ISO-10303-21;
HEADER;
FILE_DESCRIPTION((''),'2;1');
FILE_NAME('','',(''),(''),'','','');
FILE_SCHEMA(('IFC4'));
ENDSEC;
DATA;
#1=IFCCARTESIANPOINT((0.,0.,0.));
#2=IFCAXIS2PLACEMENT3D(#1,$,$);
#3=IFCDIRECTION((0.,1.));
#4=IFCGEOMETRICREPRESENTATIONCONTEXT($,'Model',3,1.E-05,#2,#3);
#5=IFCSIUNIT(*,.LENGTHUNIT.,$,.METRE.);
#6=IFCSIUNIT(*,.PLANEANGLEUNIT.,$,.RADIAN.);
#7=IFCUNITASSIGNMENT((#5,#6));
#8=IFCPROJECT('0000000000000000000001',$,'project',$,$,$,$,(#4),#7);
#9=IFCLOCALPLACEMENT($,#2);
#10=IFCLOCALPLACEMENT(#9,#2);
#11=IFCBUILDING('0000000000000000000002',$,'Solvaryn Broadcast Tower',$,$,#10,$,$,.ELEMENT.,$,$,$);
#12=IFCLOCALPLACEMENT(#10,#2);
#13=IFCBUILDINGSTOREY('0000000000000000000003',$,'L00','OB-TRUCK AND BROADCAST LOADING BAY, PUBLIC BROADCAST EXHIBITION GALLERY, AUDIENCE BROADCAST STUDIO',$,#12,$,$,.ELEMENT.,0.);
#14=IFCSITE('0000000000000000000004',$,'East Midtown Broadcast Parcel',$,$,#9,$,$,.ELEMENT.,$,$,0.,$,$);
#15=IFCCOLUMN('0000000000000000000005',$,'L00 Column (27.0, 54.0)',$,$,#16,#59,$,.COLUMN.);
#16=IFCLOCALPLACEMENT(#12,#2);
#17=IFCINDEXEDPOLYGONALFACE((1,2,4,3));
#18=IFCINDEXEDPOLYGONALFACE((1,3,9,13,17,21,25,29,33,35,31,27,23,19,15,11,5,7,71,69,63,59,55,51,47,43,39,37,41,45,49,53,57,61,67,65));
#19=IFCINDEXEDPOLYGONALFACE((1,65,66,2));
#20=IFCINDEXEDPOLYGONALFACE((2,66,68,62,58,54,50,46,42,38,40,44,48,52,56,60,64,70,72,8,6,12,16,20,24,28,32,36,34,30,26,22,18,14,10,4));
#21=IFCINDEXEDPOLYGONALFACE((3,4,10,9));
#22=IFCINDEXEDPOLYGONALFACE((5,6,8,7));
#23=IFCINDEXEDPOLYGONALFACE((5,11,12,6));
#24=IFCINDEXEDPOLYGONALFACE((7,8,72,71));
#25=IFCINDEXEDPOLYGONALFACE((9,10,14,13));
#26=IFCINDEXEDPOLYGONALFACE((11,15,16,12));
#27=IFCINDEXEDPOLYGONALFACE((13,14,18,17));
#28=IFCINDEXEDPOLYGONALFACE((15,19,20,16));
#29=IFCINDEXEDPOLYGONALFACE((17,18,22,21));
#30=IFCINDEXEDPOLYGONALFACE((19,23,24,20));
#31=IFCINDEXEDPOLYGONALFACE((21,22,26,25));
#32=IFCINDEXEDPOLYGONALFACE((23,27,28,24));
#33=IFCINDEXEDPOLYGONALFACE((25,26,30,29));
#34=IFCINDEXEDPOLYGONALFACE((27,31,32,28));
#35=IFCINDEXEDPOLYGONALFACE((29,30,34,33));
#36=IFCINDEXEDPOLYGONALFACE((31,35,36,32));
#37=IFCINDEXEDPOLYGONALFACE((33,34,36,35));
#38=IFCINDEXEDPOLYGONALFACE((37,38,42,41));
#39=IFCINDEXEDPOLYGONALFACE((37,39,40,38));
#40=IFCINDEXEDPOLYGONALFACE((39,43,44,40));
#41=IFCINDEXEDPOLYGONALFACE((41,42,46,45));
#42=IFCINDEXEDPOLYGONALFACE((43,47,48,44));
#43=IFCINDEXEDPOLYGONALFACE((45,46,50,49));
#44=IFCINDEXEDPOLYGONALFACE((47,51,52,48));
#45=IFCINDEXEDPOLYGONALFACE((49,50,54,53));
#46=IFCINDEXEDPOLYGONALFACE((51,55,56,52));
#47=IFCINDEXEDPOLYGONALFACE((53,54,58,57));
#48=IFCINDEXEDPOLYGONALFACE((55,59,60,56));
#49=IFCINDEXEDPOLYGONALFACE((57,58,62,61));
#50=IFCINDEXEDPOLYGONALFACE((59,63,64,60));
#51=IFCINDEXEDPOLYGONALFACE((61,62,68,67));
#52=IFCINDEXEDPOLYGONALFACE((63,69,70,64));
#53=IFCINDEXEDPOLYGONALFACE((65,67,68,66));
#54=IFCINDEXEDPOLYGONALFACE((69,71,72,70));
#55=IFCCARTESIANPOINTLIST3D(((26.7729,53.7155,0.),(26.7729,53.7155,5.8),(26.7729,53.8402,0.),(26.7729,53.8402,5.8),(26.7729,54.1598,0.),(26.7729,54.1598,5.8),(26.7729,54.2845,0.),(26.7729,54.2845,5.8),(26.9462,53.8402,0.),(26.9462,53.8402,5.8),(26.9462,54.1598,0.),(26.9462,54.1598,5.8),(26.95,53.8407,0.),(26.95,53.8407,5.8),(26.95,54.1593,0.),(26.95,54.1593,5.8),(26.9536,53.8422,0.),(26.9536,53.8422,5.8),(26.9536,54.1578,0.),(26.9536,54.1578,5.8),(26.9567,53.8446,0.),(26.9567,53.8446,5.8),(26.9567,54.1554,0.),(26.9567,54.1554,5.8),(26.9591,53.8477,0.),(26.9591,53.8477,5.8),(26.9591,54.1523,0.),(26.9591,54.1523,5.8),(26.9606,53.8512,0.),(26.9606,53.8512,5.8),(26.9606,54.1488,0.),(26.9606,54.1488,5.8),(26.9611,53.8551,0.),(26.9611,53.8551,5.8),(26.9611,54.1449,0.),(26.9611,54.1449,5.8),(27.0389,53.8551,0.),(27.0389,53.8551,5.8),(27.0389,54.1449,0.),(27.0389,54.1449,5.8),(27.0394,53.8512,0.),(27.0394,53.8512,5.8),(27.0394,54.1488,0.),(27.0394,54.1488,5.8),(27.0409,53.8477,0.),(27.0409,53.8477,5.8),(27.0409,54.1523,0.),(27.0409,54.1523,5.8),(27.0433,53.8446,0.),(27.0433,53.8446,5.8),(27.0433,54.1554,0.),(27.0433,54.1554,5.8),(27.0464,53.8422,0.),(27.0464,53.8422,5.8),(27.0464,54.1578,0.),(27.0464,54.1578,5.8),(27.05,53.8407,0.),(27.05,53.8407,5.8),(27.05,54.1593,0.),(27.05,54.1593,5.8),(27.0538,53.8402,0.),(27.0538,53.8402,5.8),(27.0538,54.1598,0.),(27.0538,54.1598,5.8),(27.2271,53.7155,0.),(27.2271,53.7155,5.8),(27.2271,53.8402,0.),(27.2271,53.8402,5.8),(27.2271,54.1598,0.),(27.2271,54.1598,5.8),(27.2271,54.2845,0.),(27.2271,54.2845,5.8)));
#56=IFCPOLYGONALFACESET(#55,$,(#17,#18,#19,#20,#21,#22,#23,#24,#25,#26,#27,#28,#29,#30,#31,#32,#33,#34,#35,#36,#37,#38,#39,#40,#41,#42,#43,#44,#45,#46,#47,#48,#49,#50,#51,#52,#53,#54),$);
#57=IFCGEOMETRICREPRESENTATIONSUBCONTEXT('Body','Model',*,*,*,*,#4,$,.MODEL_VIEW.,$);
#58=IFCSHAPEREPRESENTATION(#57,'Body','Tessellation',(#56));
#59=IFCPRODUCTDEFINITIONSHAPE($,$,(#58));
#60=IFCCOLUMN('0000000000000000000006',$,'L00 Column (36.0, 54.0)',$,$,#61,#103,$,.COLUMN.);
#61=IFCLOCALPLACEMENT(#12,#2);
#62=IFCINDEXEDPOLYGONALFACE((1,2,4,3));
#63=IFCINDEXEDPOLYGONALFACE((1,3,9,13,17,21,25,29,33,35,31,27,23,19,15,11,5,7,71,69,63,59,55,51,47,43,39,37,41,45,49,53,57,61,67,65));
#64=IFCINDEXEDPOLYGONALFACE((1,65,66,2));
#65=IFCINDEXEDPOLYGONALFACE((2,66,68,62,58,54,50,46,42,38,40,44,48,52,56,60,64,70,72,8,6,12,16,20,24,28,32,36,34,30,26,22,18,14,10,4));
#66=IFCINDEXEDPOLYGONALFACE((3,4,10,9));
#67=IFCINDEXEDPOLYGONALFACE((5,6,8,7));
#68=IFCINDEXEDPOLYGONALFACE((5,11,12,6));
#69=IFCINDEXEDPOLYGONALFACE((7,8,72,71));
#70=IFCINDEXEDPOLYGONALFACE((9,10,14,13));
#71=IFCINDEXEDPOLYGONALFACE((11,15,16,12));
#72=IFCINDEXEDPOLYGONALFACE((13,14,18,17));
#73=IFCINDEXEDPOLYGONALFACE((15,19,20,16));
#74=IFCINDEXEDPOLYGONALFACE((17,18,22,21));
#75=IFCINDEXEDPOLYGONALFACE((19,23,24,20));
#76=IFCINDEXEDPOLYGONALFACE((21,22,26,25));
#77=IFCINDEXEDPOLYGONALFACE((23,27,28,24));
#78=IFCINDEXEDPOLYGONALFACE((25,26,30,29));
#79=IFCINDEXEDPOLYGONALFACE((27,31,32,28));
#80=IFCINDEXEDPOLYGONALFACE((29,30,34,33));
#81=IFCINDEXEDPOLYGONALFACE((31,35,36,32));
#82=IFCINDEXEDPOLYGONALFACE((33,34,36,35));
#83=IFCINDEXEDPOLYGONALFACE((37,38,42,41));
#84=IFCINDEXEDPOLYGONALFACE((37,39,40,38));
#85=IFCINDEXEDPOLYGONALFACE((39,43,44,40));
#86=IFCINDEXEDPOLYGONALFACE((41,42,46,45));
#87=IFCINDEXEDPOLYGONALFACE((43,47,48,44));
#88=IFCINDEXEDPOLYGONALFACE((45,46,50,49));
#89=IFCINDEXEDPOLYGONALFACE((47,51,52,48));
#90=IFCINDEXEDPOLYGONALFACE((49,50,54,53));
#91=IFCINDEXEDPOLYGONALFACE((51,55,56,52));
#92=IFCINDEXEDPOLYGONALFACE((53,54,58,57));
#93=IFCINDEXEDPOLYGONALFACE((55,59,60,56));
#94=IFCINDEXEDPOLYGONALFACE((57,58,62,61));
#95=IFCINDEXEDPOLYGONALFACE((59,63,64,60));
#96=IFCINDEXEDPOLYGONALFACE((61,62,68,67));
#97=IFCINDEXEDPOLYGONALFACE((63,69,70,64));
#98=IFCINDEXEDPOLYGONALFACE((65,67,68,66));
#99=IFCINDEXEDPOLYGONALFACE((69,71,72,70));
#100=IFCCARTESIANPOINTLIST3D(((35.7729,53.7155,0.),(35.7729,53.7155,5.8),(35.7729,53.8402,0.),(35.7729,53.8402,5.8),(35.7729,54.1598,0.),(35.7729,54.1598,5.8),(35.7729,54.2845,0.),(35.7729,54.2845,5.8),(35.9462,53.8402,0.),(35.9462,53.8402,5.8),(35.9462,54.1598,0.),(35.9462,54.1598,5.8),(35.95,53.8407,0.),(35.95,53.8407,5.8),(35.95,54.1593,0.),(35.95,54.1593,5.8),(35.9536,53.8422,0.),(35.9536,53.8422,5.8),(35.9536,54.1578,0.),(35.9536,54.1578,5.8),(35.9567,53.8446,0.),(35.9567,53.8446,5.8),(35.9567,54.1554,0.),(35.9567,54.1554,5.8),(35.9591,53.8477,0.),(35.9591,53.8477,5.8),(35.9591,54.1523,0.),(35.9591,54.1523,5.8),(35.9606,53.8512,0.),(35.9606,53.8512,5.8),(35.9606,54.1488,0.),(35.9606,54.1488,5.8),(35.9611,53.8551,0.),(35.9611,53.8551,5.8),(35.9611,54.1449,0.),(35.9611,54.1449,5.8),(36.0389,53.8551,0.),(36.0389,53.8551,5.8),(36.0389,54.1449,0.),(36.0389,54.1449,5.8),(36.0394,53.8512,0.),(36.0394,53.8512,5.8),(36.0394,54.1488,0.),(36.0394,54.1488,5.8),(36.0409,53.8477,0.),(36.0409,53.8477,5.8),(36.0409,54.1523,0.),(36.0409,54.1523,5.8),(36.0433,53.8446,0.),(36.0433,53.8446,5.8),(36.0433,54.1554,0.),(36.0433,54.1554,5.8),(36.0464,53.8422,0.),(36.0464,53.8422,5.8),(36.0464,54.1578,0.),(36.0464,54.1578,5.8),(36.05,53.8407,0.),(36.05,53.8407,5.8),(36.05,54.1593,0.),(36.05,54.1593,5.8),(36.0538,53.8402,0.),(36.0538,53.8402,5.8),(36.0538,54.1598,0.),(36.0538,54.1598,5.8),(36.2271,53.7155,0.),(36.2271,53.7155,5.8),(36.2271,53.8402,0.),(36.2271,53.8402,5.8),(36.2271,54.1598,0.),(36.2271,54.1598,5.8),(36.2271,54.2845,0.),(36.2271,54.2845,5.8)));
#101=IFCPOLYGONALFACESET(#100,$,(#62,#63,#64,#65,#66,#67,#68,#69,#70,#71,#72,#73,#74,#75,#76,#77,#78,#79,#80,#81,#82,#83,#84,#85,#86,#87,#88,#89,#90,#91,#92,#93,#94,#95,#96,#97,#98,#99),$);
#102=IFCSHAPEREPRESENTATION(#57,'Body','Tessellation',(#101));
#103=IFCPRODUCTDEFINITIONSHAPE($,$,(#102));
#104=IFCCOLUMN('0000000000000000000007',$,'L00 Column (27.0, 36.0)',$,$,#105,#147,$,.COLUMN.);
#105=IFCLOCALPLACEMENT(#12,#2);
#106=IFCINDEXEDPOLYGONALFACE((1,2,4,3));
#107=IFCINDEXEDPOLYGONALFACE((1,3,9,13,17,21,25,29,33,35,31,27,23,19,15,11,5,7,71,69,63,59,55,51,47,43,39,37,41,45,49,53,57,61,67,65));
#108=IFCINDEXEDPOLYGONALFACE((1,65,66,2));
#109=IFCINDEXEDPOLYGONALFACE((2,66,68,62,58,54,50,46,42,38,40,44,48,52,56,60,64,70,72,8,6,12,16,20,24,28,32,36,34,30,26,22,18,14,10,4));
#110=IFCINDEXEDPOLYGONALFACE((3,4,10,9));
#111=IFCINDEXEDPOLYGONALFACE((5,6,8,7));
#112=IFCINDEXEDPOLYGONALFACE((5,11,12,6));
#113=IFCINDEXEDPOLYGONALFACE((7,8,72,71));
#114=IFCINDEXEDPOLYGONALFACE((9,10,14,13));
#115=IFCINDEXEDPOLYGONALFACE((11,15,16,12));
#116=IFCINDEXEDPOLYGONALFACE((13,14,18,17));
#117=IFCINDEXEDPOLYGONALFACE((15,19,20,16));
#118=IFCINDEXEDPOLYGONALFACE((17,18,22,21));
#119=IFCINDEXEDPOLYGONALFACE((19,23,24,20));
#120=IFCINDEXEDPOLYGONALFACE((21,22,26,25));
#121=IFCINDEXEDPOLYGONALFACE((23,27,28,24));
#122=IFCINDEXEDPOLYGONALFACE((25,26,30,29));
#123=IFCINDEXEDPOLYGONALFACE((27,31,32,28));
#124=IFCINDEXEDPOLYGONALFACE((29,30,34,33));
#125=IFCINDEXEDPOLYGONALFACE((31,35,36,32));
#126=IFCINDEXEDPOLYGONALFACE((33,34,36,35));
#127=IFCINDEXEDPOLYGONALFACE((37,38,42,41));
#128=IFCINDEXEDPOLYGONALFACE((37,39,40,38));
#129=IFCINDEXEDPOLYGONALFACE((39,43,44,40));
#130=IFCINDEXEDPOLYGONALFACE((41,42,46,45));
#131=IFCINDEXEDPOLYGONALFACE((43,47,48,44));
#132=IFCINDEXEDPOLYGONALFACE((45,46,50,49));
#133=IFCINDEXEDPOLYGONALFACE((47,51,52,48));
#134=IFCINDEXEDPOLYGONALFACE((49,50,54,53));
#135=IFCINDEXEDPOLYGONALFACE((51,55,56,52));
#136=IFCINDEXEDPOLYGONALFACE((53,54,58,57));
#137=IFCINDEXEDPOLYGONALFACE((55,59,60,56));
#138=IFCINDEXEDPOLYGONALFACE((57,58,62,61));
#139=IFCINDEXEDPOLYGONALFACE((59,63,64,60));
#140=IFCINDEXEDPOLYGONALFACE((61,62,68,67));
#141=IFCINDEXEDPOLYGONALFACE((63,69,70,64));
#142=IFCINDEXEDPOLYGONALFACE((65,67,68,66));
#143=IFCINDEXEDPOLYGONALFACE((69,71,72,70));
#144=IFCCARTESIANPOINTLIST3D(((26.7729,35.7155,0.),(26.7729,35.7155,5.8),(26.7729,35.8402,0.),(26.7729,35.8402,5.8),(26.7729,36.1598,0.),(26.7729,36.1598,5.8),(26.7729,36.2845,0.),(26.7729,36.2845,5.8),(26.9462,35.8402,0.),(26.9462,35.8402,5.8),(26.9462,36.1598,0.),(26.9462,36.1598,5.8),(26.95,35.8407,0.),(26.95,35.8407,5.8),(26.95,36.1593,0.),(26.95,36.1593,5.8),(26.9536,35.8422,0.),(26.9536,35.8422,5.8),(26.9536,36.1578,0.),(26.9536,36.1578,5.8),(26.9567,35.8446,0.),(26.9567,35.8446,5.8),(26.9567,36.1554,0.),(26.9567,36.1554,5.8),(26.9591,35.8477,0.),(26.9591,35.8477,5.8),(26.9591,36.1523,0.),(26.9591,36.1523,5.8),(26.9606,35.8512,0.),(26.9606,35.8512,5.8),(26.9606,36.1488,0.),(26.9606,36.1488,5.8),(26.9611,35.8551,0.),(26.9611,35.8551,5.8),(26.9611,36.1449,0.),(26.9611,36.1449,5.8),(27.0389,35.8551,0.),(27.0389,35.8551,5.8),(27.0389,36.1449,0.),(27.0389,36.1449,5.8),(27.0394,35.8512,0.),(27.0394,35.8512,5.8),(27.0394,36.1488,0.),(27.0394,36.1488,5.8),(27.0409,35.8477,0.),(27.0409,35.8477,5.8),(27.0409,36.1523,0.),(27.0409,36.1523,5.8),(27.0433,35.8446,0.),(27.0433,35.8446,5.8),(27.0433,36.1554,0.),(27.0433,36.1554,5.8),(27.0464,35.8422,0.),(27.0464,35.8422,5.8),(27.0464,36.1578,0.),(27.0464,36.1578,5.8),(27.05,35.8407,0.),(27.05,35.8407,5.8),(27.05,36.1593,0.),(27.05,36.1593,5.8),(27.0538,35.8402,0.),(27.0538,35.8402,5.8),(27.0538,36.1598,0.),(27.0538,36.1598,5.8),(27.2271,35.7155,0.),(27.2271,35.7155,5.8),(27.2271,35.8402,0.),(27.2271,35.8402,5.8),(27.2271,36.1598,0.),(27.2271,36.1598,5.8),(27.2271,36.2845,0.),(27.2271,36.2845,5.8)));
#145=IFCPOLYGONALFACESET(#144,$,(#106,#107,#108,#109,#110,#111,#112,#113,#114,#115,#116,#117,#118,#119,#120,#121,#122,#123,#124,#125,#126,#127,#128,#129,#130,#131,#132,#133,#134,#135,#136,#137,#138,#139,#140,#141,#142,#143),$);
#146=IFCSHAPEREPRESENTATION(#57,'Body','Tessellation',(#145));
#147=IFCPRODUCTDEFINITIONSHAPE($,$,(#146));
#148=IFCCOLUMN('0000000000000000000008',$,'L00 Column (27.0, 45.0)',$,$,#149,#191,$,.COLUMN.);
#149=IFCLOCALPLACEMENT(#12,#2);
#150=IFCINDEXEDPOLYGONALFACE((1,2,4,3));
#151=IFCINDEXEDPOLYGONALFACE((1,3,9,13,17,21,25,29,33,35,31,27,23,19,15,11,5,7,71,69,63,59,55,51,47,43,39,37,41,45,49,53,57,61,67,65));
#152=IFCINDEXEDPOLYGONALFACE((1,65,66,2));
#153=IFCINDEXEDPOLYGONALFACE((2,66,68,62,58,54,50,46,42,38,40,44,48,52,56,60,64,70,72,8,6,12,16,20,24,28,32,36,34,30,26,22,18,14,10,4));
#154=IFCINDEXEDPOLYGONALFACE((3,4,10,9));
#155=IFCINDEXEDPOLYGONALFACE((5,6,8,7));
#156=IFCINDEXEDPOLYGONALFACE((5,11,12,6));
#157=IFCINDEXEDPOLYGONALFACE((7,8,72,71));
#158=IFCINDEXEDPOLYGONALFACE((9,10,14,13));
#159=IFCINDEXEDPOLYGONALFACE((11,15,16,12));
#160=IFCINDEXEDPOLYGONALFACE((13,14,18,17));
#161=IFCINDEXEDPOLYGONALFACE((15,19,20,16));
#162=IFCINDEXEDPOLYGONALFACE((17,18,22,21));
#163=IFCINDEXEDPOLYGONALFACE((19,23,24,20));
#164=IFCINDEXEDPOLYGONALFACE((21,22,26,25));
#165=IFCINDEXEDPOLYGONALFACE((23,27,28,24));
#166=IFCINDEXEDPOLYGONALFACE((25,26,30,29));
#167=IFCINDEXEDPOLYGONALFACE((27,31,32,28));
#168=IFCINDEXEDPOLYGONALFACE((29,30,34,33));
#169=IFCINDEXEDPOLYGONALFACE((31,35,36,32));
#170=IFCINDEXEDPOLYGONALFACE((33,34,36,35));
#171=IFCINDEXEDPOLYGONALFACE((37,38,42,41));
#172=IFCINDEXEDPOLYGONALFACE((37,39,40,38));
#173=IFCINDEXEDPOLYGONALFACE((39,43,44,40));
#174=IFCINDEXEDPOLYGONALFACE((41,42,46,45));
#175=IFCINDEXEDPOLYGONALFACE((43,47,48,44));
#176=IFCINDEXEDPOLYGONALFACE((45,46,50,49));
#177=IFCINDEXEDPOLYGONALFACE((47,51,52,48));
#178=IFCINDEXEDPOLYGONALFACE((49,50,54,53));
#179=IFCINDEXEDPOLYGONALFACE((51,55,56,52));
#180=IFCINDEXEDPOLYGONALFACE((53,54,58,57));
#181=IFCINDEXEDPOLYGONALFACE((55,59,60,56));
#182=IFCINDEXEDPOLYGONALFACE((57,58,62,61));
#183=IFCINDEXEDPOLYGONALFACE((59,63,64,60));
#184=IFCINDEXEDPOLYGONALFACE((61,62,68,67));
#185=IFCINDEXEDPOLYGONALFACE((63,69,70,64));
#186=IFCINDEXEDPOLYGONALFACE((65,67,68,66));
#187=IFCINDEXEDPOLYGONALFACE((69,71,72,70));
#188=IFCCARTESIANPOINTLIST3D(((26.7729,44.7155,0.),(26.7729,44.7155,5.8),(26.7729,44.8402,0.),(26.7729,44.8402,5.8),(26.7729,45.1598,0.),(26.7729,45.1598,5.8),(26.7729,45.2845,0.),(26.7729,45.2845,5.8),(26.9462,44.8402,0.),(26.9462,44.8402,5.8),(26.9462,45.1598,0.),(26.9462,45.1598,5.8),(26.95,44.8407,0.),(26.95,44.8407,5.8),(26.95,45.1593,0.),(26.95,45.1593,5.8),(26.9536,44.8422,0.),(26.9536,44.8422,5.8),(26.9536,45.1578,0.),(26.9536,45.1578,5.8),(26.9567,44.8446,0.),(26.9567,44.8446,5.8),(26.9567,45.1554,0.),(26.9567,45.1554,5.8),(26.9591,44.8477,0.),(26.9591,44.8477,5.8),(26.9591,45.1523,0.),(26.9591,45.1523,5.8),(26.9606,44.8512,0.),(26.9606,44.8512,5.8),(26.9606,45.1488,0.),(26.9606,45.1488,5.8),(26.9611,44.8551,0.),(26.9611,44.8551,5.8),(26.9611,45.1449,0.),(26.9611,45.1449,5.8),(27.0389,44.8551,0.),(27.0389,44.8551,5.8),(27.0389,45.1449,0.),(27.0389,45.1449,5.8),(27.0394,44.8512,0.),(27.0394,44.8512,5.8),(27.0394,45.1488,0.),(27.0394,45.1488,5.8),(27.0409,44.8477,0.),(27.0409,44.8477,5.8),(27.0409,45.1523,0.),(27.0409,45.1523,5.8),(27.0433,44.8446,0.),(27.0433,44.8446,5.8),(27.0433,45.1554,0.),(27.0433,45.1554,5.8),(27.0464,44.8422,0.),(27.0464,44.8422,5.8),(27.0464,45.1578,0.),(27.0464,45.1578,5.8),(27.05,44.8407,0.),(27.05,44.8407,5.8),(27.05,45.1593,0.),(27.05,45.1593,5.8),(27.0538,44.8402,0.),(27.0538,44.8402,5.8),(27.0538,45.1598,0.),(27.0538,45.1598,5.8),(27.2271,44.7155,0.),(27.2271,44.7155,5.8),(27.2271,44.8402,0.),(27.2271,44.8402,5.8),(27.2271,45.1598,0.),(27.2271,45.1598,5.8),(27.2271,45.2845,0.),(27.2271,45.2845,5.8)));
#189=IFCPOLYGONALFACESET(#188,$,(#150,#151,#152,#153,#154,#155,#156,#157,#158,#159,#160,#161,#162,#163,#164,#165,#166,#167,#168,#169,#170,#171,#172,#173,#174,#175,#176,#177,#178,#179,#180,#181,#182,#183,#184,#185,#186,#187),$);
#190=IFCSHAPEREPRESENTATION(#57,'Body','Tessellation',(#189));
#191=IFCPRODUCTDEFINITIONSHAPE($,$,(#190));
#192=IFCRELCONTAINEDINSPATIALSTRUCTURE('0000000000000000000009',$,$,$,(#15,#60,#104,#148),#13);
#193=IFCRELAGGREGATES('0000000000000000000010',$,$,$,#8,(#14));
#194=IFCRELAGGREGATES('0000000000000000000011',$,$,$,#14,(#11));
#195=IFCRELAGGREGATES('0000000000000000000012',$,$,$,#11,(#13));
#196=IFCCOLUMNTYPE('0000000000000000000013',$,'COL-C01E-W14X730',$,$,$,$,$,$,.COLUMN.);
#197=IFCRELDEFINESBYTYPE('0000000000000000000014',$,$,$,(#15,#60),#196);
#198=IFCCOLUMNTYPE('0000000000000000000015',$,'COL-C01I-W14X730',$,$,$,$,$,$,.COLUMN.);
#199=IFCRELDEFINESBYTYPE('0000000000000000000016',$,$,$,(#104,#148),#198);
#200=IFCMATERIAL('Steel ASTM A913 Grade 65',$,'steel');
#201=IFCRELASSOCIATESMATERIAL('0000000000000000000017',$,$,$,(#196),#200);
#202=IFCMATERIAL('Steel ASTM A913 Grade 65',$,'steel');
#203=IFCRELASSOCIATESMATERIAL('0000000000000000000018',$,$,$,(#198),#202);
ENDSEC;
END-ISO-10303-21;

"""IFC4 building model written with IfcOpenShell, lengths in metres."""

from ifc_helpers import new_model, si_unit, direction, frame, origin, origin_2d, place, context, subcontext, project, spatial, i_section, extrude, material, material_profile, profile_set, type_object, element, save


model = new_model("IFC4")

# Units and contexts
model_context = context("Model", 3, precision=1e-05, world=origin(), true_north=direction((0.0, 1.0)))
body_context = subcontext(model_context, "Body", "Model", "MODEL_VIEW")
ifc_project = project(units=[si_unit("LENGTHUNIT", "METRE"), si_unit("PLANEANGLEUNIT", "RADIAN")], contexts=[model_context])

# Site, building, storey
site_placement = place(None, origin())
site = spatial("IfcSite", under=ifc_project, at=site_placement, Name="East Midtown Broadcast Parcel", CompositionType="ELEMENT", RefElevation=0.0)
building_placement = place(site_placement, origin())
building = spatial("IfcBuilding", under=site, at=building_placement, Name="Solvaryn Broadcast Tower", CompositionType="ELEMENT")
storey_placement = place(building_placement, origin())
storey = spatial("IfcBuildingStorey", under=building, at=storey_placement, Name="L00", Description="OB-TRUCK AND BROADCAST LOADING BAY, PUBLIC BROADCAST EXHIBITION GALLERY, AUDIENCE BROADCAST STUDIO", CompositionType="ELEMENT", Elevation=0.0)

# Columns
ifc_material_1 = material(Name="Steel ASTM A913 Grade 65", Category="steel")
ifc_material_profile_1 = material_profile(ifc_material_1, i_section(OverallWidth=0.4541, OverallDepth=0.5691, WebThickness=0.0779, FlangeThickness=0.1248, FilletRadius=0.0149, at=origin_2d()))
ifc_profile_set_1 = profile_set([ifc_material_profile_1], Name="Steel ASTM A913 Grade 65")
column_type_1 = type_object("IfcColumnType", Name="COL-C01E-W14X730", PredefinedType="COLUMN", material=ifc_profile_set_1)
for number, where, z_axis, x_axis, name in (
    (1, (27.0, 54.0, 0.0), (0.0, 0.0, 1.0), (1.0, 0.0, 0.0), "L00 Column (27.0, 54.0)"),
    (2, (36.0, 54.0, 0.0), (0.0, 0.0, 1.0), (1.0, 0.0, 0.0), "L00 Column (36.0, 54.0)"),
):
    element("IfcColumn", number, at=place(storey_placement, frame(where, z_axis=z_axis, x_axis=x_axis)), inside=storey, type_object=column_type_1, Name=name, PredefinedType="COLUMN", context=body_context, shape_type="SweptSolid", body=[
        extrude(i_section(OverallWidth=0.4541, OverallDepth=0.5691, WebThickness=0.0779, FlangeThickness=0.1248, FilletRadius=0.0149, at=origin_2d()), origin(), (0.0, 0.0, 1.0), 5.8),
    ])
ifc_material_2 = material(Name="Steel ASTM A913 Grade 65", Category="steel")
ifc_material_profile_2 = material_profile(ifc_material_2, i_section(OverallWidth=0.4541, OverallDepth=0.5691, WebThickness=0.0779, FlangeThickness=0.1248, FilletRadius=0.0149, at=origin_2d()))
ifc_profile_set_2 = profile_set([ifc_material_profile_2], Name="Steel ASTM A913 Grade 65")
column_type_2 = type_object("IfcColumnType", Name="COL-C01I-W14X730", PredefinedType="COLUMN", material=ifc_profile_set_2)
for number, where, z_axis, x_axis, name in (
    (3, (27.0, 36.0, 0.0), (0.0, 0.0, 1.0), (1.0, 0.0, 0.0), "L00 Column (27.0, 36.0)"),
    (4, (27.0, 45.0, 0.0), (0.0, 0.0, 1.0), (1.0, 0.0, 0.0), "L00 Column (27.0, 45.0)"),
):
    element("IfcColumn", number, at=place(storey_placement, frame(where, z_axis=z_axis, x_axis=x_axis)), inside=storey, type_object=column_type_2, Name=name, PredefinedType="COLUMN", context=body_context, shape_type="SweptSolid", body=[
        extrude(i_section(OverallWidth=0.4541, OverallDepth=0.5691, WebThickness=0.0779, FlangeThickness=0.1248, FilletRadius=0.0149, at=origin_2d()), origin(), (0.0, 0.0, 1.0), 5.8),
    ])

save(model, "model.ifc")
